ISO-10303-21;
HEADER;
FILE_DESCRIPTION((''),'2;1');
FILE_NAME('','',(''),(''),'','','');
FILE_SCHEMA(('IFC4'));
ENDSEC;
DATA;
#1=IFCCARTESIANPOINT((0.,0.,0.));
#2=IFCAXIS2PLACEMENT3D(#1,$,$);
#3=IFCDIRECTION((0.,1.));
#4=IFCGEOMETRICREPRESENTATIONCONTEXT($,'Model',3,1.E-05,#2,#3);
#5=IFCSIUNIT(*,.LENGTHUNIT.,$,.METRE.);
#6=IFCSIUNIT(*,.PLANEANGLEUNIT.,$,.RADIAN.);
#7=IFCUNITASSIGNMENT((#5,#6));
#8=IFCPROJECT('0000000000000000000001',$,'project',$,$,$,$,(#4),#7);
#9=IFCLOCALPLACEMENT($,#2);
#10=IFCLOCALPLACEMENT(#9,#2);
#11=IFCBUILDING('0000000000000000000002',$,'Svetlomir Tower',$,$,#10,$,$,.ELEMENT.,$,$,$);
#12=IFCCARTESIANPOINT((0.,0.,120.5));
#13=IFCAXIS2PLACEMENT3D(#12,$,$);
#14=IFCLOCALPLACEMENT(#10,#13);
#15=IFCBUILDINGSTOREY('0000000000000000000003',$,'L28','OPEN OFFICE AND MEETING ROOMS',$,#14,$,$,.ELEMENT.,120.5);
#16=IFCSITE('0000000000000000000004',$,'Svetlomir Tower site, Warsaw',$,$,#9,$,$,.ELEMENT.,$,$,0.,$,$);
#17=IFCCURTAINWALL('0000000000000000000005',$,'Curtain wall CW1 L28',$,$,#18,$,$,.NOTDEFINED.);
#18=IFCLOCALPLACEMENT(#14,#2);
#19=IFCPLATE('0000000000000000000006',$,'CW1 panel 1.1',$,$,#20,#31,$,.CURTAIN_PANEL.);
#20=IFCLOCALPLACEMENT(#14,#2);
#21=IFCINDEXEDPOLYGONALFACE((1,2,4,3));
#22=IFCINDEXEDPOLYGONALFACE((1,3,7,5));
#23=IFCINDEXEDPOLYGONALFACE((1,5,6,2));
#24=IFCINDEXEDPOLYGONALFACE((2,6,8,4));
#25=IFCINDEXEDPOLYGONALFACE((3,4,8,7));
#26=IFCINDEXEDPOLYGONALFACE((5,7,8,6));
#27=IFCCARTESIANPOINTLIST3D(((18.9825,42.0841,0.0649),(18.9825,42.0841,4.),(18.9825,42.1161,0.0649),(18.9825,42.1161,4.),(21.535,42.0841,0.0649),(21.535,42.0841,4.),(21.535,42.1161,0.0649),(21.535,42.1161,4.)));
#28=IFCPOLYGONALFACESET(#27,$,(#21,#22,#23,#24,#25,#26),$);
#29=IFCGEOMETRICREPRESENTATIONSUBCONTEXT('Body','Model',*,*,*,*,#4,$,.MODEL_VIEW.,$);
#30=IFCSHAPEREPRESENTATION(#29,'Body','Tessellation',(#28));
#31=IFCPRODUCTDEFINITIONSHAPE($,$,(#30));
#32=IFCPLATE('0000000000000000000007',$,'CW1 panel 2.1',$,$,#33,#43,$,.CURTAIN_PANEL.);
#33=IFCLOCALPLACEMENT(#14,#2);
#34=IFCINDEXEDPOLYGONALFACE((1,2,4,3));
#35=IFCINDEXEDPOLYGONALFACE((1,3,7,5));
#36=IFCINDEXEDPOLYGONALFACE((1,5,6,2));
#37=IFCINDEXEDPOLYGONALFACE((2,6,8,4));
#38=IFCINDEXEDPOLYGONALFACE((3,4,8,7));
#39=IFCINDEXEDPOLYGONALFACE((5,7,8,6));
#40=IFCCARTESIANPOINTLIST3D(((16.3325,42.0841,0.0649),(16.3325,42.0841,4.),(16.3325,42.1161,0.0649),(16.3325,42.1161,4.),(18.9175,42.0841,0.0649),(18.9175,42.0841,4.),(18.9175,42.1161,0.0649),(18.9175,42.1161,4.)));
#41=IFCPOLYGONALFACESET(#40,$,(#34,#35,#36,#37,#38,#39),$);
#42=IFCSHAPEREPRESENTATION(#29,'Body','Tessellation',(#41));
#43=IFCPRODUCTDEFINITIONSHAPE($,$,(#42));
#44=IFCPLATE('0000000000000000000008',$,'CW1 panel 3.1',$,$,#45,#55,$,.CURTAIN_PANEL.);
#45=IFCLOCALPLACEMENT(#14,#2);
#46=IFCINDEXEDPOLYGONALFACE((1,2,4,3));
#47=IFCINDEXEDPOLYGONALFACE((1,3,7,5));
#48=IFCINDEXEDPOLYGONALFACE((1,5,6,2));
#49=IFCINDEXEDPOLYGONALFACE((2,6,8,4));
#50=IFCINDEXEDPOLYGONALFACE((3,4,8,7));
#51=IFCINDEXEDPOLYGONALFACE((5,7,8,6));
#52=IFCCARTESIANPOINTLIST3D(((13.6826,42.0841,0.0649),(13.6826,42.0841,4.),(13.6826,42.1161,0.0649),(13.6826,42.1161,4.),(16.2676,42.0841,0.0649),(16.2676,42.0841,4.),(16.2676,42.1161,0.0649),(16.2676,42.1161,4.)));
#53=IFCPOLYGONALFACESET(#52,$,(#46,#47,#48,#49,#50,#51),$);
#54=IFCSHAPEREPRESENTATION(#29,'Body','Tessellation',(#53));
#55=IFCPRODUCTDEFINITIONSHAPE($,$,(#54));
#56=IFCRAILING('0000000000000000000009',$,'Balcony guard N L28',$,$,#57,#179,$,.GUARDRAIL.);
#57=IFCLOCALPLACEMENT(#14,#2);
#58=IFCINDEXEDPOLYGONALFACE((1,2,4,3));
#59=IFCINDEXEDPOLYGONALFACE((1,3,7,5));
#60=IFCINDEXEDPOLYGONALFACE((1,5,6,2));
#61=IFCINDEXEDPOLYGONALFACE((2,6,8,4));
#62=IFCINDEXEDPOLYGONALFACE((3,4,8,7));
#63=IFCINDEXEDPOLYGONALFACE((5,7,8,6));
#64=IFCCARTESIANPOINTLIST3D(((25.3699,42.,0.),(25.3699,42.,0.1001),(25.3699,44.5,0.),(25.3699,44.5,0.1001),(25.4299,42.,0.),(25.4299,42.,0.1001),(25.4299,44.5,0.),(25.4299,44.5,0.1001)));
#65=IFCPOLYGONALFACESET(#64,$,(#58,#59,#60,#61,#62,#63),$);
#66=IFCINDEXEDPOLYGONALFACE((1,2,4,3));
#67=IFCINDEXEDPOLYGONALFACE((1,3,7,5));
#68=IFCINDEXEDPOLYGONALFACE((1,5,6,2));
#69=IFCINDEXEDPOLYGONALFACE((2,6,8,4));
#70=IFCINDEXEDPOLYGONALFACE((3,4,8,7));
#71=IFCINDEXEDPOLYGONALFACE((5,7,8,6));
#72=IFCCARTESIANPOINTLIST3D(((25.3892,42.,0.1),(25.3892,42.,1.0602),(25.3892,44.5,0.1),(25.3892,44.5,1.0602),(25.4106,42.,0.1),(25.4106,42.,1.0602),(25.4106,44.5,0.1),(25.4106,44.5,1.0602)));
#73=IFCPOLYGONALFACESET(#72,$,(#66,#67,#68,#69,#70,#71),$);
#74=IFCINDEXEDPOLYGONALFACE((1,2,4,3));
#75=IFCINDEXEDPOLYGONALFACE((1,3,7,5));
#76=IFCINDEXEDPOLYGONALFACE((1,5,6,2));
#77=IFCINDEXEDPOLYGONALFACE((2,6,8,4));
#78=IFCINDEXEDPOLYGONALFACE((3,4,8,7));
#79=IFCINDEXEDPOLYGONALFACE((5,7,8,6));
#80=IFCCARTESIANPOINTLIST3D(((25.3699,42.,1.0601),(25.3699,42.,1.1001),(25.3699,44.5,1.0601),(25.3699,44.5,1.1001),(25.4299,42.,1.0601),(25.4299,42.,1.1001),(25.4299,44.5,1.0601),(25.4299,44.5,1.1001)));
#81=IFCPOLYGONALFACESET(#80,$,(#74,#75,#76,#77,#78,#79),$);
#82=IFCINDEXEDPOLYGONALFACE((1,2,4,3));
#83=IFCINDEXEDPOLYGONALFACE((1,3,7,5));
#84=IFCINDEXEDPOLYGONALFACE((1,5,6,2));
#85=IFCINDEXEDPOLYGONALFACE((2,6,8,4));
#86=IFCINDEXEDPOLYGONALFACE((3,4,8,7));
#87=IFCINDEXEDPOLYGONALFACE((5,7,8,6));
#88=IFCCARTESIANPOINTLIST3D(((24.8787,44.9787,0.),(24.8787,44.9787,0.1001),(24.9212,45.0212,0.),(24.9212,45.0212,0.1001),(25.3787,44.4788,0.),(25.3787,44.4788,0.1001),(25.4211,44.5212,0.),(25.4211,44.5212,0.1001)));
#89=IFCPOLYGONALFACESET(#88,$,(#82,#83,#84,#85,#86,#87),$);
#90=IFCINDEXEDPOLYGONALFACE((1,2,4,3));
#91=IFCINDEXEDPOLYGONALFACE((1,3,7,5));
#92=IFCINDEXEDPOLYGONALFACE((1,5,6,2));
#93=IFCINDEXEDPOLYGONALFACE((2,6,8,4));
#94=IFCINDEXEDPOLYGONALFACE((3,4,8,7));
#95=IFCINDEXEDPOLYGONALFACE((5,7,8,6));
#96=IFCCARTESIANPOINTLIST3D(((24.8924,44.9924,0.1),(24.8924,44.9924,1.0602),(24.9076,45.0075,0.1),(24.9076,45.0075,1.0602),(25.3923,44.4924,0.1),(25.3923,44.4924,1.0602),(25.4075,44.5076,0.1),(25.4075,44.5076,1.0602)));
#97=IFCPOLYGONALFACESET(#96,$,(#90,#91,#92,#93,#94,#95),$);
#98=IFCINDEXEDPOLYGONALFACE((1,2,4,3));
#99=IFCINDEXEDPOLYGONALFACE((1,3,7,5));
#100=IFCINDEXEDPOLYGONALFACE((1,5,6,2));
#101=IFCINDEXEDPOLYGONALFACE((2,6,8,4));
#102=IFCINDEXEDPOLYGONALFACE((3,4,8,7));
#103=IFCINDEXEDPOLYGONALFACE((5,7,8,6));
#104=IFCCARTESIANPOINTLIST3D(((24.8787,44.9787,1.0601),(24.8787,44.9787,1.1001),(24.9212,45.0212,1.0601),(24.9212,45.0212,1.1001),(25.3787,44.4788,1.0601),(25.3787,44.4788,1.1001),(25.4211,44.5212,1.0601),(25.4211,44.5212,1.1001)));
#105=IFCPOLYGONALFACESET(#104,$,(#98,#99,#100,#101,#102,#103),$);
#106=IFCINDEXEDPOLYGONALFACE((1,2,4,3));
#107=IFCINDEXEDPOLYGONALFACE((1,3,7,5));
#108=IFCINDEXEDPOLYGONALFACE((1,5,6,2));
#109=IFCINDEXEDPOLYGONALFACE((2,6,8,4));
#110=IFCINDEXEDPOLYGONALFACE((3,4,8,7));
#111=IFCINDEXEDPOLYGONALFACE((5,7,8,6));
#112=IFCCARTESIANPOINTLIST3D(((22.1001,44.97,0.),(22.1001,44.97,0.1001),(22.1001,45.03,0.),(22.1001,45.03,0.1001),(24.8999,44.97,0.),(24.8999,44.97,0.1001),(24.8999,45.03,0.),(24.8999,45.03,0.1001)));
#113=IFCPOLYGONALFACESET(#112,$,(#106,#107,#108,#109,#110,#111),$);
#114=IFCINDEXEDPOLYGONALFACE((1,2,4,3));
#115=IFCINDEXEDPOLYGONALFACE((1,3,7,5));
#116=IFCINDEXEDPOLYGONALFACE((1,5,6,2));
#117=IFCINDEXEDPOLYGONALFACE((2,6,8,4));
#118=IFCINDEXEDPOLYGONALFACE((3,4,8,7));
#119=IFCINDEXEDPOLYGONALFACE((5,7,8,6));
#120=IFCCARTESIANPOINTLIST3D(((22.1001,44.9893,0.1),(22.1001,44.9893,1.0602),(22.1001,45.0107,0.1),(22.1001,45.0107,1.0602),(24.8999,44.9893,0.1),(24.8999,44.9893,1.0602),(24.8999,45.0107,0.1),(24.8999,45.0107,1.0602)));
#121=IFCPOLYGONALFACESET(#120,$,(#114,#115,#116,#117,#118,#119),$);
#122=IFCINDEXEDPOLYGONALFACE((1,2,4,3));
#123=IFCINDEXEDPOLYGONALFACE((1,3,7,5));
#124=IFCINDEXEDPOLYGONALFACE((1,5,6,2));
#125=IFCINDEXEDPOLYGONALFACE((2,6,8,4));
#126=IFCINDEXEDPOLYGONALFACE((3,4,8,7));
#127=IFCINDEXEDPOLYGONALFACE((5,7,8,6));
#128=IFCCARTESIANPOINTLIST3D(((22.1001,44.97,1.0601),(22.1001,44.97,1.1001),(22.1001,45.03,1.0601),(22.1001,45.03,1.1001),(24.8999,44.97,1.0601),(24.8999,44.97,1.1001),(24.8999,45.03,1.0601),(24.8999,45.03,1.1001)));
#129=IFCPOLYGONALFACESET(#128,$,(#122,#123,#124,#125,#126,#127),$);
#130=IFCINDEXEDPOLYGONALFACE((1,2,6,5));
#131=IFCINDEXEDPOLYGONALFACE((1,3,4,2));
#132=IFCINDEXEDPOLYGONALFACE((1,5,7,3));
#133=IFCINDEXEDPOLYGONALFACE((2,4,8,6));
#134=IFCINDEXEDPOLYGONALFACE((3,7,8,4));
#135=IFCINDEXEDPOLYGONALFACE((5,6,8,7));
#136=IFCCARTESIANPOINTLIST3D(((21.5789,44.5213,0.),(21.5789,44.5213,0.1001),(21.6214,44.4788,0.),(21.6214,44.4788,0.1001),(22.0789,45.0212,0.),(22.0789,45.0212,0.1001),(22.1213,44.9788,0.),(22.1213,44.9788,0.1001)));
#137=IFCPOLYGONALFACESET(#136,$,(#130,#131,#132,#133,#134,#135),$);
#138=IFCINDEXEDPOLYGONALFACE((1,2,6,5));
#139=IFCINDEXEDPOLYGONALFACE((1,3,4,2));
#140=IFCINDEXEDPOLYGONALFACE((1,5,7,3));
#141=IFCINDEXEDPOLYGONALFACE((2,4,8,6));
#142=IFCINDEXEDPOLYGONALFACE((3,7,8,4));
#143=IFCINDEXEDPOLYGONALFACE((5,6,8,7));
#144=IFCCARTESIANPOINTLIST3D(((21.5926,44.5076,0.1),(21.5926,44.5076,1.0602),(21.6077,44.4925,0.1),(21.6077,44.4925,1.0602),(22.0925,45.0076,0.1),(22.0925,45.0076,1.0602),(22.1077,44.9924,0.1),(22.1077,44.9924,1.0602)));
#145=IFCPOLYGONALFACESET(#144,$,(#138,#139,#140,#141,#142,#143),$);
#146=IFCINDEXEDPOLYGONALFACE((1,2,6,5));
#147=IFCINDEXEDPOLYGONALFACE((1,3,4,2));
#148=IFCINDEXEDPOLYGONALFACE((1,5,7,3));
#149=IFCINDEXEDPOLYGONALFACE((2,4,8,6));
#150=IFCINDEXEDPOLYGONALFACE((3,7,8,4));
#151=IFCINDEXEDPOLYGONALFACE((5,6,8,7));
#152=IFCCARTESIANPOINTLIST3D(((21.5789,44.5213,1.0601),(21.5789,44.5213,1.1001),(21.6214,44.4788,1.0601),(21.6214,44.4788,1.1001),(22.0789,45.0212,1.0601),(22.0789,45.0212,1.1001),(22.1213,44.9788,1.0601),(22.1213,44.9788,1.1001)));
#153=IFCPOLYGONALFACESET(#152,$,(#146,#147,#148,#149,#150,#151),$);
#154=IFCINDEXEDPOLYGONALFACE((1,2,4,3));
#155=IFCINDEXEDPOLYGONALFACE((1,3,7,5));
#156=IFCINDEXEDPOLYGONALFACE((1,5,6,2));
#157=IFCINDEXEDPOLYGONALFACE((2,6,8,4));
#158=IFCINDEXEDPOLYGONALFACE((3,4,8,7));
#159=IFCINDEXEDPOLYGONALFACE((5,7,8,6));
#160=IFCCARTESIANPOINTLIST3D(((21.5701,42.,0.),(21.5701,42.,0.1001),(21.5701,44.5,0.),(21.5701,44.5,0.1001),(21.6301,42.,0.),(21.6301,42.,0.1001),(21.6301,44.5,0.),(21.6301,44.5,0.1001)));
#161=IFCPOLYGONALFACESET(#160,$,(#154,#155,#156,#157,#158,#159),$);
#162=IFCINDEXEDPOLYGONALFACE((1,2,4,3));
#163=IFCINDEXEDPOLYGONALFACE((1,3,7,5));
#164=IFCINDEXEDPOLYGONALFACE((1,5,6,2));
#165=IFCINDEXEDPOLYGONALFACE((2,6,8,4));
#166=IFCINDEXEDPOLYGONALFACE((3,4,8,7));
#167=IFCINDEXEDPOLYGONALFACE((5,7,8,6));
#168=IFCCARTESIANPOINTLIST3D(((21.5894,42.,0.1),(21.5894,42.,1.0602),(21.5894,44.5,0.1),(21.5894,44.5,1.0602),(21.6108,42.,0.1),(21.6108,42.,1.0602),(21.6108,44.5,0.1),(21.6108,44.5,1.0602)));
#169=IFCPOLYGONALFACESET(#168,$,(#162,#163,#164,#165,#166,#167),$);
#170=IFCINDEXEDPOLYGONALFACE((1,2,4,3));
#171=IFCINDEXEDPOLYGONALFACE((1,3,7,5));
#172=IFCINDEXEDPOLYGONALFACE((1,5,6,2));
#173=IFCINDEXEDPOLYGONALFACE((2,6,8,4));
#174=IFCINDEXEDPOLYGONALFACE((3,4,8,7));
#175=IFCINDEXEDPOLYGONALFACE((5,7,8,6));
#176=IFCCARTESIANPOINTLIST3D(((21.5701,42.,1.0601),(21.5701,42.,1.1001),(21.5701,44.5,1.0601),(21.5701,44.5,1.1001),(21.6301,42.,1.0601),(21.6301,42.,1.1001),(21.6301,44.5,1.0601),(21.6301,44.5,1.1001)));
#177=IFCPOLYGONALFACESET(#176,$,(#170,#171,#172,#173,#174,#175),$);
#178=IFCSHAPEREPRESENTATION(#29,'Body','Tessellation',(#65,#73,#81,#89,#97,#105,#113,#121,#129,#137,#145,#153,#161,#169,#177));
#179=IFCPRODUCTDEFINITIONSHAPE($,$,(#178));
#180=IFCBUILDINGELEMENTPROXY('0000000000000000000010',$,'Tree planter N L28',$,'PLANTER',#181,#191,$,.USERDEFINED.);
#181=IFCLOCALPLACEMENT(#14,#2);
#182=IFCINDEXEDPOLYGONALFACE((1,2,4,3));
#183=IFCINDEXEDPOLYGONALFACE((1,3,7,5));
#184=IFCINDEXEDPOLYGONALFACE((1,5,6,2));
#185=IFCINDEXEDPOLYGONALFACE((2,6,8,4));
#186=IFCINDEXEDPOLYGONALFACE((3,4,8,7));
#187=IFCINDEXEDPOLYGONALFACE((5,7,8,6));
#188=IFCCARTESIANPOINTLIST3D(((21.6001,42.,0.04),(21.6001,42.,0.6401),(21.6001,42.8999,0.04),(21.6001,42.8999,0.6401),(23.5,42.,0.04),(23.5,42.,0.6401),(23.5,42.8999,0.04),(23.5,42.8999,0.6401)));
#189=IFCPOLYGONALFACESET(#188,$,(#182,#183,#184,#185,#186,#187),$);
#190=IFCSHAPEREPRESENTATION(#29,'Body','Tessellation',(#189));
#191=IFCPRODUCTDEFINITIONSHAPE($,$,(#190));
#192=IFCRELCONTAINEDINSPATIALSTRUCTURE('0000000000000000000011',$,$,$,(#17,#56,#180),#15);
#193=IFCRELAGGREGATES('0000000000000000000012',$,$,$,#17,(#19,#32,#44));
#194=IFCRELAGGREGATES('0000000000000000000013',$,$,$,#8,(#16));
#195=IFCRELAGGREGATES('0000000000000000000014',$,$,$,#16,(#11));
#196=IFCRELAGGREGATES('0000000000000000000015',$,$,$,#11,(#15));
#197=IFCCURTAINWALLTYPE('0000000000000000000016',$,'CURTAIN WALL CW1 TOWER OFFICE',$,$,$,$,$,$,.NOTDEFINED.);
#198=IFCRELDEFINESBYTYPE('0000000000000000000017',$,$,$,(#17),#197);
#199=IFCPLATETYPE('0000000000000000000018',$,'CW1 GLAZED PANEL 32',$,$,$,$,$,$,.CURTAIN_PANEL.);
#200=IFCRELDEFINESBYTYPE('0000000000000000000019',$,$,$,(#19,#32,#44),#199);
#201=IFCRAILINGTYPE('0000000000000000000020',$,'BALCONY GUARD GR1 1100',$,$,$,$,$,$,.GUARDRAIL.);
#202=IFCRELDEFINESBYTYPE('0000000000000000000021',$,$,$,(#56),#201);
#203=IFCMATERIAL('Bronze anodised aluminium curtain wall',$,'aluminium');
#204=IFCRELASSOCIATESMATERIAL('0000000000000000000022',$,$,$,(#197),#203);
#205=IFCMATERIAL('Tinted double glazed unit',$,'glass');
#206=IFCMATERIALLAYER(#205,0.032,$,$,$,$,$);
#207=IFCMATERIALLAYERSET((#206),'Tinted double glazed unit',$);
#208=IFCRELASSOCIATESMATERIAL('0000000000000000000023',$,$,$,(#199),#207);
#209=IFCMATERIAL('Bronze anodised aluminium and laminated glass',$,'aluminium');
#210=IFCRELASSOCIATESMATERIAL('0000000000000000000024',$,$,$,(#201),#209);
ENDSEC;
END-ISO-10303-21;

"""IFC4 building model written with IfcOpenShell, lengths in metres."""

from ifc_helpers import new_model, si_unit, direction, frame, origin, origin_2d, place, context, subcontext, project, spatial, rectangle, extrude, material, layer, layer_set, type_object, element, aggregate, save


model = new_model("IFC4")

# Units and contexts
model_context = context("Model", 3, precision=1e-05, world=origin(), true_north=direction((0.0, 1.0)))
body_context = subcontext(model_context, "Body", "Model", "MODEL_VIEW")
ifc_project = project(units=[si_unit("LENGTHUNIT", "METRE"), si_unit("PLANEANGLEUNIT", "RADIAN")], contexts=[model_context])

# Site, building, storey
site_placement = place(None, origin())
site = spatial("IfcSite", under=ifc_project, at=site_placement, Name="Svetlomir Tower site, Warsaw", CompositionType="ELEMENT", RefElevation=0.0)
building_placement = place(site_placement, origin())
building = spatial("IfcBuilding", under=site, at=building_placement, Name="Svetlomir Tower", CompositionType="ELEMENT")
storey_placement = place(building_placement, frame((0.0, 0.0, 120.5)))
storey = spatial("IfcBuildingStorey", under=building, at=storey_placement, Name="L28", Description="OPEN OFFICE AND MEETING ROOMS", CompositionType="ELEMENT", Elevation=120.5)

# Curtain wall
ifc_material_1 = material(Name="Bronze anodised aluminium curtain wall", Category="aluminium")
curtain_wall_type = type_object("IfcCurtainWallType", Name="CURTAIN WALL CW1 TOWER OFFICE", PredefinedType="NOTDEFINED", material=ifc_material_1)
curtain_wall_1_placement = place(storey_placement, origin())
curtain_wall_1 = element("IfcCurtainWall", 1, at=curtain_wall_1_placement, inside=storey, type_object=curtain_wall_type, Name="Curtain wall CW1 L28", PredefinedType="NOTDEFINED")

# Plates
ifc_material_2 = material(Name="Tinted double glazed unit", Category="glass")
ifc_layer_1 = layer(ifc_material_2, 0.032)
ifc_layer_set_1 = layer_set([ifc_layer_1], Name="Tinted double glazed unit")
plate_type = type_object("IfcPlateType", Name="CW1 GLAZED PANEL 32", PredefinedType="CURTAIN_PANEL", material=ifc_layer_set_1)
plate_1_placement = place(storey_placement, frame((20.2588, 42.1001, 0.0649), z_axis=(0.0, 0.0, 1.0), x_axis=(-1.0, 0.0, 0.0)))
plate_1 = element("IfcPlate", 2, at=plate_1_placement, type_object=plate_type, Name="CW1 panel 1.1", PredefinedType="CURTAIN_PANEL", context=body_context, shape_type="SweptSolid", body=[
    extrude(rectangle(XDim=2.5525, YDim=0.032, at=origin_2d()), origin(), (0.0, 0.0, 1.0), 3.9351),
])
plate_2_placement = place(storey_placement, frame((17.625, 42.1001, 0.0649), z_axis=(0.0, 0.0, 1.0), x_axis=(-1.0, 0.0, 0.0)))
plate_2 = element("IfcPlate", 3, at=plate_2_placement, type_object=plate_type, Name="CW1 panel 2.1", PredefinedType="CURTAIN_PANEL", context=body_context, shape_type="SweptSolid", body=[
    extrude(rectangle(XDim=2.585, YDim=0.032, at=origin_2d()), origin(), (0.0, 0.0, 1.0), 3.9351),
])
plate_3_placement = place(storey_placement, frame((14.9751, 42.1001, 0.0649), z_axis=(0.0, 0.0, 1.0), x_axis=(-1.0, 0.0, 0.0)))
plate_3 = element("IfcPlate", 4, at=plate_3_placement, type_object=plate_type, Name="CW1 panel 3.1", PredefinedType="CURTAIN_PANEL", context=body_context, shape_type="SweptSolid", body=[
    extrude(rectangle(XDim=2.585, YDim=0.032, at=origin_2d()), origin(), (0.0, 0.0, 1.0), 3.9351),
])
aggregate(curtain_wall_1, [plate_1, plate_2, plate_3])

# Railing
ifc_material_3 = material(Name="Bronze anodised aluminium and laminated glass", Category="aluminium")
railing_type = type_object("IfcRailingType", Name="BALCONY GUARD GR1 1100", PredefinedType="GUARDRAIL", material=ifc_material_3)
railing_placement = place(storey_placement, frame((25.3999, 42.0, 0.0)))
element("IfcRailing", 5, at=railing_placement, inside=storey, type_object=railing_type, Name="Balcony guard N L28", PredefinedType="GUARDRAIL", context=body_context, shape_type="SweptSolid", body=[
    extrude(rectangle(XDim=0.0601, YDim=0.1001, at=origin_2d()), frame((0.0, 0.0, 0.05), z_axis=(0.0, 1.0, 0.0), x_axis=(-1.0, 0.0, 0.0)), (0.0, 0.0, 1.0), 2.5),
    extrude(rectangle(XDim=0.0215, YDim=0.9602, at=origin_2d()), frame((0.0, 0.0, 0.5801), z_axis=(0.0, 1.0, 0.0), x_axis=(-1.0, 0.0, 0.0)), (0.0, 0.0, 1.0), 2.5),
    extrude(rectangle(XDim=0.0601, YDim=0.04, at=origin_2d()), frame((0.0, 0.0, 1.0801), z_axis=(0.0, 1.0, 0.0), x_axis=(-1.0, 0.0, 0.0)), (0.0, 0.0, 1.0), 2.5),
    extrude(rectangle(XDim=0.0601, YDim=0.1001, at=origin_2d()), frame((0.0, 2.5, 0.05), z_axis=(-0.707107, 0.707107, 0.0), x_axis=(-0.707107, -0.707107, 0.0)), (0.0, 0.0, 1.0), 0.707),
    extrude(rectangle(XDim=0.0215, YDim=0.9602, at=origin_2d()), frame((0.0, 2.5, 0.5801), z_axis=(-0.707107, 0.707107, 0.0), x_axis=(-0.707107, -0.707107, 0.0)), (0.0, 0.0, 1.0), 0.707),
    extrude(rectangle(XDim=0.0601, YDim=0.04, at=origin_2d()), frame((0.0, 2.5, 1.0801), z_axis=(-0.707107, 0.707107, 0.0), x_axis=(-0.707107, -0.707107, 0.0)), (0.0, 0.0, 1.0), 0.707),
    extrude(rectangle(XDim=0.0601, YDim=0.1001, at=origin_2d()), frame((-0.5, 3.0, 0.05), z_axis=(-1.0, 0.0, 0.0), x_axis=(0.0, -1.0, 0.0)), (0.0, 0.0, 1.0), 2.7998),
    extrude(rectangle(XDim=0.0215, YDim=0.9602, at=origin_2d()), frame((-0.5, 3.0, 0.5801), z_axis=(-1.0, 0.0, 0.0), x_axis=(0.0, -1.0, 0.0)), (0.0, 0.0, 1.0), 2.7998),
    extrude(rectangle(XDim=0.0601, YDim=0.04, at=origin_2d()), frame((-0.5, 3.0, 1.0801), z_axis=(-1.0, 0.0, 0.0), x_axis=(0.0, -1.0, 0.0)), (0.0, 0.0, 1.0), 2.7998),
    extrude(rectangle(XDim=0.0601, YDim=0.1001, at=origin_2d()), frame((-3.2998, 3.0, 0.05), z_axis=(-0.707107, -0.707107, 0.0), x_axis=(0.707107, -0.707107, 0.0)), (0.0, 0.0, 1.0), 0.707),
    extrude(rectangle(XDim=0.0215, YDim=0.9602, at=origin_2d()), frame((-3.2998, 3.0, 0.5801), z_axis=(-0.707107, -0.707107, 0.0), x_axis=(0.707107, -0.707107, 0.0)), (0.0, 0.0, 1.0), 0.707),
    extrude(rectangle(XDim=0.0601, YDim=0.04, at=origin_2d()), frame((-3.2998, 3.0, 1.0801), z_axis=(-0.707107, -0.707107, 0.0), x_axis=(0.707107, -0.707107, 0.0)), (0.0, 0.0, 1.0), 0.707),
    extrude(rectangle(XDim=0.0601, YDim=0.1001, at=origin_2d()), frame((-3.7998, 2.5, 0.05), z_axis=(0.0, -1.0, 0.0), x_axis=(1.0, 0.0, 0.0)), (0.0, 0.0, 1.0), 2.5),
    extrude(rectangle(XDim=0.0215, YDim=0.9602, at=origin_2d()), frame((-3.7998, 2.5, 0.5801), z_axis=(0.0, -1.0, 0.0), x_axis=(1.0, 0.0, 0.0)), (0.0, 0.0, 1.0), 2.5),
    extrude(rectangle(XDim=0.0601, YDim=0.04, at=origin_2d()), frame((-3.7998, 2.5, 1.0801), z_axis=(0.0, -1.0, 0.0), x_axis=(1.0, 0.0, 0.0)), (0.0, 0.0, 1.0), 2.5),
])

# Building element proxy
proxy_placement = place(storey_placement, frame((22.55, 42.45, 0.04), z_axis=(0.0, 0.0, 1.0), x_axis=(1.0, 0.0, 0.0)))
element("IfcBuildingElementProxy", 6, at=proxy_placement, inside=storey, Name="Tree planter N L28", ObjectType="PLANTER", PredefinedType="USERDEFINED", context=body_context, shape_type="SweptSolid", body=[
    extrude(rectangle(XDim=1.8999, YDim=0.8999, at=origin_2d()), origin(), (0.0, 0.0, 1.0), 0.6001),
])

save(model, "model.ifc")
